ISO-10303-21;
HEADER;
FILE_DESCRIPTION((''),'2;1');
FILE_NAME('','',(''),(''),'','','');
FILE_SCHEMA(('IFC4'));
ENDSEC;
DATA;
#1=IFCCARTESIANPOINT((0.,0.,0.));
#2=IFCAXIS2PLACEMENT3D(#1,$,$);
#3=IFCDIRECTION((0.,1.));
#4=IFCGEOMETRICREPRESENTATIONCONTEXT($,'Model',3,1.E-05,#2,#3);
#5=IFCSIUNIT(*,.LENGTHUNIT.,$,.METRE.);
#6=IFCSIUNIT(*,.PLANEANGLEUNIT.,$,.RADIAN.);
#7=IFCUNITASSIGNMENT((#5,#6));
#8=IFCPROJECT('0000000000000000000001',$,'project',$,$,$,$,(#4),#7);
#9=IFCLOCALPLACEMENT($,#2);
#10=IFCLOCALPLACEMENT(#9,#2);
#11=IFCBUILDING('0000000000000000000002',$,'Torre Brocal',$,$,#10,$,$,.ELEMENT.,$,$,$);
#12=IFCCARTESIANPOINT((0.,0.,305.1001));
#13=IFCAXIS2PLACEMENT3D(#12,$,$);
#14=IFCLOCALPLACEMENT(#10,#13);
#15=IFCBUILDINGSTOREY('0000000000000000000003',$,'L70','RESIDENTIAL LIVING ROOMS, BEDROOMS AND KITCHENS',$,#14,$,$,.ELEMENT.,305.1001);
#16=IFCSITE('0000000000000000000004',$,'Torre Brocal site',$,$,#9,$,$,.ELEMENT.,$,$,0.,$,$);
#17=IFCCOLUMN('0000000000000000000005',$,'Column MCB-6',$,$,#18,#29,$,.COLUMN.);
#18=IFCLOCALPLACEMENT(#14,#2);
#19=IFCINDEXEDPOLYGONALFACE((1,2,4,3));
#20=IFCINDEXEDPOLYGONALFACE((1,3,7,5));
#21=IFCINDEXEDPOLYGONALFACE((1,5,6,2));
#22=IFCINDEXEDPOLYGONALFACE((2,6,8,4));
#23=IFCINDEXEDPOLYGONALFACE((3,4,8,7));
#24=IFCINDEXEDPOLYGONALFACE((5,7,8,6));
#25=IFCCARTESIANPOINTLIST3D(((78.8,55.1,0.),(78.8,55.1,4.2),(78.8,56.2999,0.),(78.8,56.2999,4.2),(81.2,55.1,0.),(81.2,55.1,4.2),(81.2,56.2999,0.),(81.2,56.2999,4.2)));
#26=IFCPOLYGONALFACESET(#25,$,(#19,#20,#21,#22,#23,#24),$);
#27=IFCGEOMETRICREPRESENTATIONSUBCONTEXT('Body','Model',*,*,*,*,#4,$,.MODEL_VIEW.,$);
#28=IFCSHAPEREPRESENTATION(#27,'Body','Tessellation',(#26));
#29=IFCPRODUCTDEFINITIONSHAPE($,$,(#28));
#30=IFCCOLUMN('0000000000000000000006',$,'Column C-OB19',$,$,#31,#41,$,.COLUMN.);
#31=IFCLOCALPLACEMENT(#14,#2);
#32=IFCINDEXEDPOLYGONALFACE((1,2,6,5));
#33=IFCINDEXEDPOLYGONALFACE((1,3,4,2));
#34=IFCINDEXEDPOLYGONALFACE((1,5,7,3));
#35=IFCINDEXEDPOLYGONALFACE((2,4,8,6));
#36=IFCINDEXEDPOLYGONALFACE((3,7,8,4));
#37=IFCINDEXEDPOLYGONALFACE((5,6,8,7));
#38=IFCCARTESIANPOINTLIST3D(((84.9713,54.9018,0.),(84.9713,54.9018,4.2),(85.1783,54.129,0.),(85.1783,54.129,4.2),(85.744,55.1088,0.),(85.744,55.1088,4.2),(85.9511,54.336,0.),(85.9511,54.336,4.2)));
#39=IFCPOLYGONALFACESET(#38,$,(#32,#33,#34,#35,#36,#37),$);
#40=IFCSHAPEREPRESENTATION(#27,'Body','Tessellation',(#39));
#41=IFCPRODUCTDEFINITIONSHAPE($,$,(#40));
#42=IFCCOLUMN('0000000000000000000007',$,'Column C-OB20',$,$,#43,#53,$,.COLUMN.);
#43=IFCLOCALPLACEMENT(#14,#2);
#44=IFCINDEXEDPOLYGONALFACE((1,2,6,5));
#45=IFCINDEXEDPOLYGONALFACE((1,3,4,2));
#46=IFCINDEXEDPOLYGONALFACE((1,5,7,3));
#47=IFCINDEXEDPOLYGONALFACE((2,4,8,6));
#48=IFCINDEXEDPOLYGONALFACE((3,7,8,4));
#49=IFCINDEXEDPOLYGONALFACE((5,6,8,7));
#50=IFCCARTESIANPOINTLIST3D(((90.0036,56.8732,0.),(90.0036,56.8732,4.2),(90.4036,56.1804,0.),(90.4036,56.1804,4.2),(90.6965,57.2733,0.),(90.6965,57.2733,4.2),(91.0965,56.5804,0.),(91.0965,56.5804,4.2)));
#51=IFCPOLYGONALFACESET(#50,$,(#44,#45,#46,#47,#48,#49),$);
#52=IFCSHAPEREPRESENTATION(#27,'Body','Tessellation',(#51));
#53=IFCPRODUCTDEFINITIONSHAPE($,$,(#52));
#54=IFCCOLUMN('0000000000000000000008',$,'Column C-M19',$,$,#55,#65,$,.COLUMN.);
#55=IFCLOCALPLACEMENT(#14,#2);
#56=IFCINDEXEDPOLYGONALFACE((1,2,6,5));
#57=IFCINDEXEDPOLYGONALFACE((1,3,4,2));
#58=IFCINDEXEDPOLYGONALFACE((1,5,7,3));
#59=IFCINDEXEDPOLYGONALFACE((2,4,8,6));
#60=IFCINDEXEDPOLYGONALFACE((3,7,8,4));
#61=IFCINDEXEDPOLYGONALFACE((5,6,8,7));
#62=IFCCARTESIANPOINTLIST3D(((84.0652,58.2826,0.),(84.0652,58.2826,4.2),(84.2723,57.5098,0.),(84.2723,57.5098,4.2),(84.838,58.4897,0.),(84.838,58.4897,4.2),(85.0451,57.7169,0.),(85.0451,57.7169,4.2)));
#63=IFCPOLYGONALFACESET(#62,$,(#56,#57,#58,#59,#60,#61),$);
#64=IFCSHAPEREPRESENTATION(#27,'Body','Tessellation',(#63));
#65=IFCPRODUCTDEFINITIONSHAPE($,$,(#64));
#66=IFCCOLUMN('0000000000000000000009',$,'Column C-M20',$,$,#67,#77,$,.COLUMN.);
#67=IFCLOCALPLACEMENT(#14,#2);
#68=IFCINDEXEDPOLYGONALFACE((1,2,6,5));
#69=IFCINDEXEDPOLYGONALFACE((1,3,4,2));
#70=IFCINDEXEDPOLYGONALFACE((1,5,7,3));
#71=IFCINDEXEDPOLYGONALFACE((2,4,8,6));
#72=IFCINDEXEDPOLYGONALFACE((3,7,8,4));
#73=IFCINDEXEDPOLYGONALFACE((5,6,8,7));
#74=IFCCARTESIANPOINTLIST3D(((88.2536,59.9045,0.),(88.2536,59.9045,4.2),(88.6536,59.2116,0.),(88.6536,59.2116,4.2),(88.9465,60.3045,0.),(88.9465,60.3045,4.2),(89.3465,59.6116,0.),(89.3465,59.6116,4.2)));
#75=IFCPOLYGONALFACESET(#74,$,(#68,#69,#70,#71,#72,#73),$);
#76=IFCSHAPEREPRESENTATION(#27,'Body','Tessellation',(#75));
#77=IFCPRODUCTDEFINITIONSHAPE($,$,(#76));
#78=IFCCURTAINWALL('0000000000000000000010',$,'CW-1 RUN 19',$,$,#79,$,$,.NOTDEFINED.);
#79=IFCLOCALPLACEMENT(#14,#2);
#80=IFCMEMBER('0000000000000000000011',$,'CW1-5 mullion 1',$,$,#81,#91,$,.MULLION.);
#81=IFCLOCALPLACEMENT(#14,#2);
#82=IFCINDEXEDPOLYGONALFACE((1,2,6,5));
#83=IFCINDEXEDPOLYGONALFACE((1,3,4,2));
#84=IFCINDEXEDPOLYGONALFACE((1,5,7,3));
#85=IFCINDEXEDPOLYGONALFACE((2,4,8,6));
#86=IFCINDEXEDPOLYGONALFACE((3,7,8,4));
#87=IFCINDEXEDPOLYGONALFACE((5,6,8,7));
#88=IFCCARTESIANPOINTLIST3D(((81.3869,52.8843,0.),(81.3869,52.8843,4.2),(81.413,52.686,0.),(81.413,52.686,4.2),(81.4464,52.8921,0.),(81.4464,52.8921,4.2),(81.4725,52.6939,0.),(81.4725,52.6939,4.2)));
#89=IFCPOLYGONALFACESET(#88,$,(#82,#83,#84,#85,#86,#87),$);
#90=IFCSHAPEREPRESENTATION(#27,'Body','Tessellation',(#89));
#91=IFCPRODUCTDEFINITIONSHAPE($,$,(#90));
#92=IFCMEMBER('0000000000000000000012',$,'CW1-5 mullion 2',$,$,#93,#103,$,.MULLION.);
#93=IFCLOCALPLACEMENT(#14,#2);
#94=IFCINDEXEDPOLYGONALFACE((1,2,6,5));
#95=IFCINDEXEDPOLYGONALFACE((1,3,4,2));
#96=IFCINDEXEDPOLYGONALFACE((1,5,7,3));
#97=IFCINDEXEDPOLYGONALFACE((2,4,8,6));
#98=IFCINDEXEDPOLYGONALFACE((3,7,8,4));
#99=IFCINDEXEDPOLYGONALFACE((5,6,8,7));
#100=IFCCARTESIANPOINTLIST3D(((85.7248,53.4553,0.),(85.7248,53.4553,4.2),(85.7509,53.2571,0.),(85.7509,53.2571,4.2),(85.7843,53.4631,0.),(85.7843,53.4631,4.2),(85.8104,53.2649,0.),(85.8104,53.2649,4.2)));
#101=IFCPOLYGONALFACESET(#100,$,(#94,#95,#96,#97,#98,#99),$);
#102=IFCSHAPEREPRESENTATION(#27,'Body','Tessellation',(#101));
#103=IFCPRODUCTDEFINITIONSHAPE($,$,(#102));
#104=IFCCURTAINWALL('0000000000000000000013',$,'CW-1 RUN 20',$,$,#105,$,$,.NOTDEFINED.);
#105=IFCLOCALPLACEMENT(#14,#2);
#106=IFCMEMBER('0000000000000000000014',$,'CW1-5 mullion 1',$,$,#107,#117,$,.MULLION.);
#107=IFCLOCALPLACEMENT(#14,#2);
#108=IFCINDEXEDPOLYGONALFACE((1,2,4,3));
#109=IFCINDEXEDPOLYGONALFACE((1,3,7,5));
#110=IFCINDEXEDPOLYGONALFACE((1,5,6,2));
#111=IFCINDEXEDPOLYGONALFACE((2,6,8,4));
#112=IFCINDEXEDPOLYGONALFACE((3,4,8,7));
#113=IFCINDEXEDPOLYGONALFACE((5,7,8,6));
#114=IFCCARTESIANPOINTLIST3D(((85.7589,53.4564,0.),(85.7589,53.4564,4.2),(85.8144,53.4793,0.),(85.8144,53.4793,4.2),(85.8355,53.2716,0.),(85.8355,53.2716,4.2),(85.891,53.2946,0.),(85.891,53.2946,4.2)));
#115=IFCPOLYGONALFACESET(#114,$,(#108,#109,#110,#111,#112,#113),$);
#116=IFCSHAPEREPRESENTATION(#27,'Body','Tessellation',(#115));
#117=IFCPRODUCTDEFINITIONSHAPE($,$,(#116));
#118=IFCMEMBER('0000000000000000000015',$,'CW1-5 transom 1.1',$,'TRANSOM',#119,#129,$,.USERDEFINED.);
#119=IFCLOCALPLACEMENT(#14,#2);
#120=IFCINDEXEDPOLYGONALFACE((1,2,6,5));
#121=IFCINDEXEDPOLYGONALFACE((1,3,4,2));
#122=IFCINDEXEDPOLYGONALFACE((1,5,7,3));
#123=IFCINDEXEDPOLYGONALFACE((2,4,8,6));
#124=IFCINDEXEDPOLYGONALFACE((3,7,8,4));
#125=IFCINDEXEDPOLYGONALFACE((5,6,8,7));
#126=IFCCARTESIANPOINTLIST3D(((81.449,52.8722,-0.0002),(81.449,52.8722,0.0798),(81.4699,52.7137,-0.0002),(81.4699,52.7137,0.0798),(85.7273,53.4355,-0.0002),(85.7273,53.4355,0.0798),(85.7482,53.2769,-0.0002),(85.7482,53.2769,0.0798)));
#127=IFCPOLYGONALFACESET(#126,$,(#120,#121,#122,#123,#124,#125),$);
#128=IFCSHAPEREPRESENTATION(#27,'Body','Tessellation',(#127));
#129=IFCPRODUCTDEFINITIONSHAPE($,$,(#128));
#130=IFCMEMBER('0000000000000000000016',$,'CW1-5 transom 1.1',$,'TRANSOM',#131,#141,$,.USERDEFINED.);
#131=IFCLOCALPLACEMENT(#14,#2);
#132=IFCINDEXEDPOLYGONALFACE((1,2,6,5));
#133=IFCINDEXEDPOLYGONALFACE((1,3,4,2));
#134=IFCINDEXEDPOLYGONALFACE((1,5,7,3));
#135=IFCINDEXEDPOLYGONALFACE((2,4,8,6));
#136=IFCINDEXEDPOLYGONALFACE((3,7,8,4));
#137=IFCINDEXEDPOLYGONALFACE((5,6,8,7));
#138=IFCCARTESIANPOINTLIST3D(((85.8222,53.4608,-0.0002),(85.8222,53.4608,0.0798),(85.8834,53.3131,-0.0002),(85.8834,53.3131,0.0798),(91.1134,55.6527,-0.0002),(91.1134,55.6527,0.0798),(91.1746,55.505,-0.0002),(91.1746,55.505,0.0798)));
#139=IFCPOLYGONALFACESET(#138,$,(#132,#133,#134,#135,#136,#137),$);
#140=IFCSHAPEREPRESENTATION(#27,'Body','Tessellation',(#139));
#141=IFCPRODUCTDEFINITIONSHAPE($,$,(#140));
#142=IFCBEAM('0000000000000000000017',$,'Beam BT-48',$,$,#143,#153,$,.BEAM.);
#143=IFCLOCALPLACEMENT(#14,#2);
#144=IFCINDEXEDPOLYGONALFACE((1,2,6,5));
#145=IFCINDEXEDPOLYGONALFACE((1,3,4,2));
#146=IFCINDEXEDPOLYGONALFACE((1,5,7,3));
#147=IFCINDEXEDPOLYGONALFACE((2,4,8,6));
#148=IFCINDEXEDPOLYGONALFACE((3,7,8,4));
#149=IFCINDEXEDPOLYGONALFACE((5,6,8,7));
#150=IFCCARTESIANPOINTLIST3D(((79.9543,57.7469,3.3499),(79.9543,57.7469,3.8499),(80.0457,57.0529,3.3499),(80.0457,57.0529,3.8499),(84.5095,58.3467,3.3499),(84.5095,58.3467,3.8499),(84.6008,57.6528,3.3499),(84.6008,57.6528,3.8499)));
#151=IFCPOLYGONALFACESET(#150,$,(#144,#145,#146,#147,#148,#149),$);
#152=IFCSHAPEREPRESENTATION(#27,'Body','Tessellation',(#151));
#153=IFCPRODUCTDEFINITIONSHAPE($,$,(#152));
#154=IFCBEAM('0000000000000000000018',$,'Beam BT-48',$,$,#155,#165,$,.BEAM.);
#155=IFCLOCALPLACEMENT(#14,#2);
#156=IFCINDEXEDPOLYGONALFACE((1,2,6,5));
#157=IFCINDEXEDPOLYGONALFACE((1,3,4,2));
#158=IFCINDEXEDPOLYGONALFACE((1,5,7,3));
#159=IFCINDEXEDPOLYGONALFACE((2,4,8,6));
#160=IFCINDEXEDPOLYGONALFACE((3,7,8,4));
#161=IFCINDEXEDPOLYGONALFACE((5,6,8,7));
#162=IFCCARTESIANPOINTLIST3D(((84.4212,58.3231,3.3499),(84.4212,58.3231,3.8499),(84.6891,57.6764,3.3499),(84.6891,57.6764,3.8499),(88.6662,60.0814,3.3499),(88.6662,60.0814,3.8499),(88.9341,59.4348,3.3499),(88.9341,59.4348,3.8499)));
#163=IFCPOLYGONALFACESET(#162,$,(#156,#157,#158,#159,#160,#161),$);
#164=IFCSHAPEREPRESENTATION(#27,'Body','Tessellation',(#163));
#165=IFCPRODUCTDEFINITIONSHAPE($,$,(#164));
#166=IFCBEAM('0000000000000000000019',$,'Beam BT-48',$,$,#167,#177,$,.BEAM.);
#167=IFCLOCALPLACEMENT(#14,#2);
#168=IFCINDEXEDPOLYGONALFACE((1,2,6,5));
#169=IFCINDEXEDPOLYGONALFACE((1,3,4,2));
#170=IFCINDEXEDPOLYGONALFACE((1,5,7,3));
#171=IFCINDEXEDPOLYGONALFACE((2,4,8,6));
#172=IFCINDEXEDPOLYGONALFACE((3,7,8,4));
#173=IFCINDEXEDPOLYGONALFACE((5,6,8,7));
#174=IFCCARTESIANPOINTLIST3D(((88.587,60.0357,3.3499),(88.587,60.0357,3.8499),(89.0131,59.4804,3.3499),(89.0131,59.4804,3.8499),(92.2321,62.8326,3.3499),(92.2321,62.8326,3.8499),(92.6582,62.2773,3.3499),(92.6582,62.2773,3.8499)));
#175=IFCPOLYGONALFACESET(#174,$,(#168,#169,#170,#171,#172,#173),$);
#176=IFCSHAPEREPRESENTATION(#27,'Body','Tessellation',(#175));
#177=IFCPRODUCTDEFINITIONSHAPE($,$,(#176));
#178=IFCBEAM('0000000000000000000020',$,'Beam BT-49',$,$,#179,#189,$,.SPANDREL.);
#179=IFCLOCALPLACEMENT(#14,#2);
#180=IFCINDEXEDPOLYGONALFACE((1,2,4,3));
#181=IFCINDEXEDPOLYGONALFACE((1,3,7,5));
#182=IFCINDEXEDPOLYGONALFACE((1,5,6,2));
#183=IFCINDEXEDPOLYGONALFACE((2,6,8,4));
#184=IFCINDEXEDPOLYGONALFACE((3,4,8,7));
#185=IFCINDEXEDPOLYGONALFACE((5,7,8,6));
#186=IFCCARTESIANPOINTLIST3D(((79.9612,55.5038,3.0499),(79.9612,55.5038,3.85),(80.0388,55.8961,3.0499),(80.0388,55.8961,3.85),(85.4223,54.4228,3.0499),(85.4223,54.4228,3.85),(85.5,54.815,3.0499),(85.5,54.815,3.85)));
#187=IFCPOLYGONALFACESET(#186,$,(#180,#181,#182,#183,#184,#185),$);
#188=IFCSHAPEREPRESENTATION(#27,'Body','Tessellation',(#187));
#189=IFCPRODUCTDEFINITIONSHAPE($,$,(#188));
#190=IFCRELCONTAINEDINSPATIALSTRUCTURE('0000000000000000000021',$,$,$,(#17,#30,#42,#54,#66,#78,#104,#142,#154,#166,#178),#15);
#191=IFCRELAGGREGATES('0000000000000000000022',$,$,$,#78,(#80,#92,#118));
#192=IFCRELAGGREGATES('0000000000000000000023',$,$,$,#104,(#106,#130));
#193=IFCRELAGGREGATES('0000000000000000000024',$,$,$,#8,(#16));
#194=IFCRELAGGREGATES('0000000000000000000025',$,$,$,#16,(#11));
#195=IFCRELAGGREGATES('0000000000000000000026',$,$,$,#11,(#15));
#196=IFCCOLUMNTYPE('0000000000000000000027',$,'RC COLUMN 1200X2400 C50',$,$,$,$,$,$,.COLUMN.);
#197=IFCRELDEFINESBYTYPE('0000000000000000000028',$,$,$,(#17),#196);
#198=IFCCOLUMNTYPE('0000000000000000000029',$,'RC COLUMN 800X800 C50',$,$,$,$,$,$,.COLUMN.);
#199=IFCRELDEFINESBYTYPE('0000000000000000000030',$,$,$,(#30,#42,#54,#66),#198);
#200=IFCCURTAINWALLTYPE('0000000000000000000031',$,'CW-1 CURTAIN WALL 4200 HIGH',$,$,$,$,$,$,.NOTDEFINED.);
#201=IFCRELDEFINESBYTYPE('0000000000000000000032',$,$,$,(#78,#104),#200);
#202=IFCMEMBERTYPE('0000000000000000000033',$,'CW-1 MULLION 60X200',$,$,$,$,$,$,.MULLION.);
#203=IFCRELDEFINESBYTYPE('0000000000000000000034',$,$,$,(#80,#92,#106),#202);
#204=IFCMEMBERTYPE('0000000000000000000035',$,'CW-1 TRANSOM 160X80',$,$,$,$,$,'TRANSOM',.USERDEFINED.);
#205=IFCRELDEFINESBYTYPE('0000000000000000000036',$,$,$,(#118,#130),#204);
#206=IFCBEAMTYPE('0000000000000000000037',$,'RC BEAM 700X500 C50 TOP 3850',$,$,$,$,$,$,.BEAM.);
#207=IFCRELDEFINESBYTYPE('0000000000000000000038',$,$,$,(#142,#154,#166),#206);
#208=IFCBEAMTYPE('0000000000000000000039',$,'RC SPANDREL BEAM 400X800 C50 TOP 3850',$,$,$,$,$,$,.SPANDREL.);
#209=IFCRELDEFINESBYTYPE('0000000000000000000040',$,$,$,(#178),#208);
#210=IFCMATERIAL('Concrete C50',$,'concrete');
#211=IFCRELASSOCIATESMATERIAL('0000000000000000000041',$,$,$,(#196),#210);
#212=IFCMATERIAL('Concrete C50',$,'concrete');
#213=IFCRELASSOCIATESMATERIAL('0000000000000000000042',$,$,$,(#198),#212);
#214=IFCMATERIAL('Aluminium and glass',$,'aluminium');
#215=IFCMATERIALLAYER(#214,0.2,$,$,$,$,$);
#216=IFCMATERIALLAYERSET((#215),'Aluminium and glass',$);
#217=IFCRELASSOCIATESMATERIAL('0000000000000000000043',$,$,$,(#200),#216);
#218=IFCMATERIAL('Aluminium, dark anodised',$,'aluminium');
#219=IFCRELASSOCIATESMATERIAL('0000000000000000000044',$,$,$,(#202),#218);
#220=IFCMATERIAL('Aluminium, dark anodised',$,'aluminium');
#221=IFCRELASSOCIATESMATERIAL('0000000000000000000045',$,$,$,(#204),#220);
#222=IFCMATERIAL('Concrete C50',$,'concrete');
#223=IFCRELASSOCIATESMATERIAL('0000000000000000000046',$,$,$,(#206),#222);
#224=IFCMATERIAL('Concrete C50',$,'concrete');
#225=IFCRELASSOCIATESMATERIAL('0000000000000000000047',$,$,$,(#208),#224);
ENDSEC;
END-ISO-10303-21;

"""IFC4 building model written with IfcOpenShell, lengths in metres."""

from ifc_helpers import new_model, si_unit, direction, frame, origin, origin_2d, place, context, subcontext, project, spatial, rectangle, extrude, material, layer, layer_set, material_profile, profile_set, type_object, element, aggregate, save


model = new_model("IFC4")

# Units and contexts
model_context = context("Model", 3, precision=1e-05, world=origin(), true_north=direction((0.0, 1.0)))
body_context = subcontext(model_context, "Body", "Model", "MODEL_VIEW")
ifc_project = project(units=[si_unit("LENGTHUNIT", "METRE"), si_unit("PLANEANGLEUNIT", "RADIAN")], contexts=[model_context])

# Site, building, storey
site_placement = place(None, origin())
site = spatial("IfcSite", under=ifc_project, at=site_placement, Name="Torre Brocal site", CompositionType="ELEMENT", RefElevation=0.0)
building_placement = place(site_placement, origin())
building = spatial("IfcBuilding", under=site, at=building_placement, Name="Torre Brocal", CompositionType="ELEMENT")
storey_placement = place(building_placement, frame((0.0, 0.0, 305.1001)))
storey = spatial("IfcBuildingStorey", under=building, at=storey_placement, Name="L70", Description="RESIDENTIAL LIVING ROOMS, BEDROOMS AND KITCHENS", CompositionType="ELEMENT", Elevation=305.1001)

# Columns
ifc_material_1 = material(Name="Concrete C50", Category="concrete")
ifc_material_profile_1 = material_profile(ifc_material_1, rectangle(XDim=1.2, YDim=2.3999, at=origin_2d()), Name="RC 1200X2400")
ifc_profile_set_1 = profile_set([ifc_material_profile_1], Name="Concrete C50")
column_type_1 = type_object("IfcColumnType", Name="RC COLUMN 1200X2400 C50", PredefinedType="COLUMN", material=ifc_profile_set_1)
column_placement = place(storey_placement, frame((80.0, 55.7, 0.0), z_axis=(0.0, 0.0, 1.0), x_axis=(0.0, -1.0, 0.0)))
element("IfcColumn", 1, at=column_placement, inside=storey, type_object=column_type_1, Name="Column MCB-6", PredefinedType="COLUMN", context=body_context, shape_type="SweptSolid", body=[
    extrude(rectangle(XDim=1.2, YDim=2.3999, at=origin_2d()), origin(), (0.0, 0.0, 1.0), 4.2),
])
ifc_material_2 = material(Name="Concrete C50", Category="concrete")
ifc_material_profile_2 = material_profile(ifc_material_2, rectangle(XDim=0.8, YDim=0.8, at=origin_2d()), Name="RC 800X800")
ifc_profile_set_2 = profile_set([ifc_material_profile_2], Name="Concrete C50")
column_type_2 = type_object("IfcColumnType", Name="RC COLUMN 800X800 C50", PredefinedType="COLUMN", material=ifc_profile_set_2)
for number, where, z_axis, x_axis, name in (
    (2, (85.4612, 54.6189, 0.0), (0.0, 0.0, 1.0), (0.258819, -0.965926, 0.0), "Column C-OB19"),
    (3, (90.55, 56.7268, 0.0), (0.0, 0.0, 1.0), (0.5, -0.866025, 0.0), "Column C-OB20"),
    (4, (84.5552, 57.9998, 0.0), (0.0, 0.0, 1.0), (0.258819, -0.965926, 0.0), "Column C-M19"),
    (5, (88.8, 59.7581, 0.0), (0.0, 0.0, 1.0), (0.5, -0.866025, 0.0), "Column C-M20"),
):
    element("IfcColumn", number, at=place(storey_placement, frame(where, z_axis=z_axis, x_axis=x_axis)), inside=storey, type_object=column_type_2, Name=name, PredefinedType="COLUMN", context=body_context, shape_type="SweptSolid", body=[
        extrude(rectangle(XDim=0.8, YDim=0.8, at=origin_2d()), origin(), (0.0, 0.0, 1.0), 4.2),
    ])

# Curtain wall, members
ifc_material_3 = material(Name="Aluminium and glass", Category="aluminium")
ifc_layer_1 = layer(ifc_material_3, 0.2)
ifc_layer_set_1 = layer_set([ifc_layer_1], Name="Aluminium and glass")
curtain_wall_type = type_object("IfcCurtainWallType", Name="CW-1 CURTAIN WALL 4200 HIGH", PredefinedType="NOTDEFINED", material=ifc_layer_set_1)
curtain_wall_1_placement = place(storey_placement, origin())
curtain_wall_1 = element("IfcCurtainWall", 6, at=curtain_wall_1_placement, inside=storey, type_object=curtain_wall_type, Name="CW-1 RUN 19", PredefinedType="NOTDEFINED")
ifc_material_4 = material(Name="Aluminium, dark anodised", Category="aluminium")
ifc_material_profile_3 = material_profile(ifc_material_4, rectangle(XDim=0.2, YDim=0.0601, at=origin_2d()), Name="CW-1 MULLION 60X200")
ifc_profile_set_3 = profile_set([ifc_material_profile_3], Name="Aluminium, dark anodised")
member_type_1 = type_object("IfcMemberType", Name="CW-1 MULLION 60X200", PredefinedType="MULLION", material=ifc_profile_set_3)
member_1_placement = place(storey_placement, frame((81.4297, 52.7891, 0.0), z_axis=(0.0, 0.0, 1.0), x_axis=(-0.130526, 0.991445, 0.0)))
member_1 = element("IfcMember", 7, at=member_1_placement, type_object=member_type_1, Name="CW1-5 mullion 1", PredefinedType="MULLION", context=body_context, shape_type="SweptSolid", body=[
    extrude(rectangle(XDim=0.2, YDim=0.0601, at=origin_2d()), origin(), (0.0, 0.0, 1.0), 4.2),
])
member_2_placement = place(storey_placement, frame((85.7676, 53.3601, 0.0), z_axis=(0.0, 0.0, 1.0), x_axis=(-0.130526, 0.991445, 0.0)))
member_2 = element("IfcMember", 8, at=member_2_placement, type_object=member_type_1, Name="CW1-5 mullion 2", PredefinedType="MULLION", context=body_context, shape_type="SweptSolid", body=[
    extrude(rectangle(XDim=0.2, YDim=0.0601, at=origin_2d()), origin(), (0.0, 0.0, 1.0), 4.2),
])

# Curtain wall, member
curtain_wall_2_placement = place(storey_placement, origin())
curtain_wall_2 = element("IfcCurtainWall", 9, at=curtain_wall_2_placement, inside=storey, type_object=curtain_wall_type, Name="CW-1 RUN 20", PredefinedType="NOTDEFINED")
member_3_placement = place(storey_placement, frame((85.825, 53.3755, 0.0), z_axis=(0.0, 0.0, 1.0), x_axis=(-0.382683, 0.92388, 0.0)))
member_3 = element("IfcMember", 10, at=member_3_placement, type_object=member_type_1, Name="CW1-5 mullion 1", PredefinedType="MULLION", context=body_context, shape_type="SweptSolid", body=[
    extrude(rectangle(XDim=0.2, YDim=0.0601, at=origin_2d()), origin(), (0.0, 0.0, 1.0), 4.2),
])

# Members
ifc_material_5 = material(Name="Aluminium, dark anodised", Category="aluminium")
ifc_material_profile_4 = material_profile(ifc_material_5, rectangle(XDim=0.1599, YDim=0.0801, at=origin_2d()), Name="CW-1 TRANSOM 160X80")
ifc_profile_set_4 = profile_set([ifc_material_profile_4], Name="Aluminium, dark anodised")
member_type_2 = type_object("IfcMemberType", Name="CW-1 TRANSOM 160X80", ElementType="TRANSOM", PredefinedType="USERDEFINED", material=ifc_profile_set_4)
member_4_placement = place(storey_placement, frame((81.4595, 52.793, 0.0398), z_axis=(0.991445, 0.130522, 0.0), x_axis=(-0.130522, 0.991445, 0.0)))
member_4 = element("IfcMember", 11, at=member_4_placement, type_object=member_type_2, Name="CW1-5 transom 1.1", ObjectType="TRANSOM", PredefinedType="USERDEFINED", context=body_context, shape_type="SweptSolid", body=[
    extrude(rectangle(XDim=0.1599, YDim=0.0801, at=origin_2d()), origin(), (0.0, 0.0, 1.0), 4.3152),
])
member_5_placement = place(storey_placement, frame((85.8528, 53.387, 0.0398), z_axis=(0.923868, 0.382711, 0.0), x_axis=(-0.382711, 0.923868, 0.0)))
member_5 = element("IfcMember", 12, at=member_5_placement, type_object=member_type_2, Name="CW1-5 transom 1.1", ObjectType="TRANSOM", PredefinedType="USERDEFINED", context=body_context, shape_type="SweptSolid", body=[
    extrude(rectangle(XDim=0.1599, YDim=0.0801, at=origin_2d()), origin(), (0.0, 0.0, 1.0), 5.7273),
])

# Beams
ifc_material_6 = material(Name="Concrete C50", Category="concrete")
ifc_material_profile_5 = material_profile(ifc_material_6, rectangle(XDim=0.7, YDim=0.5, at=origin_2d()), Name="RC 700X500")
ifc_profile_set_5 = profile_set([ifc_material_profile_5], Name="Concrete C50")
beam_type_1 = type_object("IfcBeamType", Name="RC BEAM 700X500 C50 TOP 3850", PredefinedType="BEAM", material=ifc_profile_set_5)
beam_1_placement = place(storey_placement, frame((80.0, 57.3999, 3.5999), z_axis=(0.991441, 0.130559, 0.0), x_axis=(-0.130559, 0.991441, 0.0)))
element("IfcBeam", 13, at=beam_1_placement, inside=storey, type_object=beam_type_1, Name="Beam BT-48", PredefinedType="BEAM", context=body_context, shape_type="SweptSolid", body=[
    extrude(rectangle(XDim=0.7, YDim=0.5, at=origin_2d()), origin(), (0.0, 0.0, 1.0), 4.5945),
])
beam_2_placement = place(storey_placement, frame((84.5552, 57.9998, 3.5999), z_axis=(0.923878, 0.382687, 0.0), x_axis=(-0.382687, 0.923878, 0.0)))
element("IfcBeam", 14, at=beam_2_placement, inside=storey, type_object=beam_type_1, Name="Beam BT-48", PredefinedType="BEAM", context=body_context, shape_type="SweptSolid", body=[
    extrude(rectangle(XDim=0.7, YDim=0.5, at=origin_2d()), origin(), (0.0, 0.0, 1.0), 4.5947),
])
beam_3_placement = place(storey_placement, frame((88.8, 59.7581, 3.5999), z_axis=(0.793358, 0.608755, 0.0), x_axis=(-0.608755, 0.793358, 0.0)))
element("IfcBeam", 15, at=beam_3_placement, inside=storey, type_object=beam_type_1, Name="Beam BT-48", PredefinedType="BEAM", context=body_context, shape_type="SweptSolid", body=[
    extrude(rectangle(XDim=0.7, YDim=0.5, at=origin_2d()), origin(), (0.0, 0.0, 1.0), 4.5945),
])
ifc_material_7 = material(Name="Concrete C50", Category="concrete")
ifc_material_profile_6 = material_profile(ifc_material_7, rectangle(XDim=0.3999, YDim=0.8, at=origin_2d()), Name="RC 400X800")
ifc_profile_set_6 = profile_set([ifc_material_profile_6], Name="Concrete C50")
beam_type_2 = type_object("IfcBeamType", Name="RC SPANDREL BEAM 400X800 C50 TOP 3850", PredefinedType="SPANDREL", material=ifc_profile_set_6)
beam_4_placement = place(storey_placement, frame((80.0, 55.7, 3.45), z_axis=(0.980965, -0.194185, 0.0), x_axis=(0.194185, 0.980965, 0.0)))
element("IfcBeam", 16, at=beam_4_placement, inside=storey, type_object=beam_type_2, Name="Beam BT-49", PredefinedType="SPANDREL", context=body_context, shape_type="SweptSolid", body=[
    extrude(rectangle(XDim=0.3999, YDim=0.8, at=origin_2d()), origin(), (0.0, 0.0, 1.0), 5.5671),
])

aggregate(curtain_wall_1, [member_1, member_2, member_4])
aggregate(curtain_wall_2, [member_3, member_5])

save(model, "model.ifc")
